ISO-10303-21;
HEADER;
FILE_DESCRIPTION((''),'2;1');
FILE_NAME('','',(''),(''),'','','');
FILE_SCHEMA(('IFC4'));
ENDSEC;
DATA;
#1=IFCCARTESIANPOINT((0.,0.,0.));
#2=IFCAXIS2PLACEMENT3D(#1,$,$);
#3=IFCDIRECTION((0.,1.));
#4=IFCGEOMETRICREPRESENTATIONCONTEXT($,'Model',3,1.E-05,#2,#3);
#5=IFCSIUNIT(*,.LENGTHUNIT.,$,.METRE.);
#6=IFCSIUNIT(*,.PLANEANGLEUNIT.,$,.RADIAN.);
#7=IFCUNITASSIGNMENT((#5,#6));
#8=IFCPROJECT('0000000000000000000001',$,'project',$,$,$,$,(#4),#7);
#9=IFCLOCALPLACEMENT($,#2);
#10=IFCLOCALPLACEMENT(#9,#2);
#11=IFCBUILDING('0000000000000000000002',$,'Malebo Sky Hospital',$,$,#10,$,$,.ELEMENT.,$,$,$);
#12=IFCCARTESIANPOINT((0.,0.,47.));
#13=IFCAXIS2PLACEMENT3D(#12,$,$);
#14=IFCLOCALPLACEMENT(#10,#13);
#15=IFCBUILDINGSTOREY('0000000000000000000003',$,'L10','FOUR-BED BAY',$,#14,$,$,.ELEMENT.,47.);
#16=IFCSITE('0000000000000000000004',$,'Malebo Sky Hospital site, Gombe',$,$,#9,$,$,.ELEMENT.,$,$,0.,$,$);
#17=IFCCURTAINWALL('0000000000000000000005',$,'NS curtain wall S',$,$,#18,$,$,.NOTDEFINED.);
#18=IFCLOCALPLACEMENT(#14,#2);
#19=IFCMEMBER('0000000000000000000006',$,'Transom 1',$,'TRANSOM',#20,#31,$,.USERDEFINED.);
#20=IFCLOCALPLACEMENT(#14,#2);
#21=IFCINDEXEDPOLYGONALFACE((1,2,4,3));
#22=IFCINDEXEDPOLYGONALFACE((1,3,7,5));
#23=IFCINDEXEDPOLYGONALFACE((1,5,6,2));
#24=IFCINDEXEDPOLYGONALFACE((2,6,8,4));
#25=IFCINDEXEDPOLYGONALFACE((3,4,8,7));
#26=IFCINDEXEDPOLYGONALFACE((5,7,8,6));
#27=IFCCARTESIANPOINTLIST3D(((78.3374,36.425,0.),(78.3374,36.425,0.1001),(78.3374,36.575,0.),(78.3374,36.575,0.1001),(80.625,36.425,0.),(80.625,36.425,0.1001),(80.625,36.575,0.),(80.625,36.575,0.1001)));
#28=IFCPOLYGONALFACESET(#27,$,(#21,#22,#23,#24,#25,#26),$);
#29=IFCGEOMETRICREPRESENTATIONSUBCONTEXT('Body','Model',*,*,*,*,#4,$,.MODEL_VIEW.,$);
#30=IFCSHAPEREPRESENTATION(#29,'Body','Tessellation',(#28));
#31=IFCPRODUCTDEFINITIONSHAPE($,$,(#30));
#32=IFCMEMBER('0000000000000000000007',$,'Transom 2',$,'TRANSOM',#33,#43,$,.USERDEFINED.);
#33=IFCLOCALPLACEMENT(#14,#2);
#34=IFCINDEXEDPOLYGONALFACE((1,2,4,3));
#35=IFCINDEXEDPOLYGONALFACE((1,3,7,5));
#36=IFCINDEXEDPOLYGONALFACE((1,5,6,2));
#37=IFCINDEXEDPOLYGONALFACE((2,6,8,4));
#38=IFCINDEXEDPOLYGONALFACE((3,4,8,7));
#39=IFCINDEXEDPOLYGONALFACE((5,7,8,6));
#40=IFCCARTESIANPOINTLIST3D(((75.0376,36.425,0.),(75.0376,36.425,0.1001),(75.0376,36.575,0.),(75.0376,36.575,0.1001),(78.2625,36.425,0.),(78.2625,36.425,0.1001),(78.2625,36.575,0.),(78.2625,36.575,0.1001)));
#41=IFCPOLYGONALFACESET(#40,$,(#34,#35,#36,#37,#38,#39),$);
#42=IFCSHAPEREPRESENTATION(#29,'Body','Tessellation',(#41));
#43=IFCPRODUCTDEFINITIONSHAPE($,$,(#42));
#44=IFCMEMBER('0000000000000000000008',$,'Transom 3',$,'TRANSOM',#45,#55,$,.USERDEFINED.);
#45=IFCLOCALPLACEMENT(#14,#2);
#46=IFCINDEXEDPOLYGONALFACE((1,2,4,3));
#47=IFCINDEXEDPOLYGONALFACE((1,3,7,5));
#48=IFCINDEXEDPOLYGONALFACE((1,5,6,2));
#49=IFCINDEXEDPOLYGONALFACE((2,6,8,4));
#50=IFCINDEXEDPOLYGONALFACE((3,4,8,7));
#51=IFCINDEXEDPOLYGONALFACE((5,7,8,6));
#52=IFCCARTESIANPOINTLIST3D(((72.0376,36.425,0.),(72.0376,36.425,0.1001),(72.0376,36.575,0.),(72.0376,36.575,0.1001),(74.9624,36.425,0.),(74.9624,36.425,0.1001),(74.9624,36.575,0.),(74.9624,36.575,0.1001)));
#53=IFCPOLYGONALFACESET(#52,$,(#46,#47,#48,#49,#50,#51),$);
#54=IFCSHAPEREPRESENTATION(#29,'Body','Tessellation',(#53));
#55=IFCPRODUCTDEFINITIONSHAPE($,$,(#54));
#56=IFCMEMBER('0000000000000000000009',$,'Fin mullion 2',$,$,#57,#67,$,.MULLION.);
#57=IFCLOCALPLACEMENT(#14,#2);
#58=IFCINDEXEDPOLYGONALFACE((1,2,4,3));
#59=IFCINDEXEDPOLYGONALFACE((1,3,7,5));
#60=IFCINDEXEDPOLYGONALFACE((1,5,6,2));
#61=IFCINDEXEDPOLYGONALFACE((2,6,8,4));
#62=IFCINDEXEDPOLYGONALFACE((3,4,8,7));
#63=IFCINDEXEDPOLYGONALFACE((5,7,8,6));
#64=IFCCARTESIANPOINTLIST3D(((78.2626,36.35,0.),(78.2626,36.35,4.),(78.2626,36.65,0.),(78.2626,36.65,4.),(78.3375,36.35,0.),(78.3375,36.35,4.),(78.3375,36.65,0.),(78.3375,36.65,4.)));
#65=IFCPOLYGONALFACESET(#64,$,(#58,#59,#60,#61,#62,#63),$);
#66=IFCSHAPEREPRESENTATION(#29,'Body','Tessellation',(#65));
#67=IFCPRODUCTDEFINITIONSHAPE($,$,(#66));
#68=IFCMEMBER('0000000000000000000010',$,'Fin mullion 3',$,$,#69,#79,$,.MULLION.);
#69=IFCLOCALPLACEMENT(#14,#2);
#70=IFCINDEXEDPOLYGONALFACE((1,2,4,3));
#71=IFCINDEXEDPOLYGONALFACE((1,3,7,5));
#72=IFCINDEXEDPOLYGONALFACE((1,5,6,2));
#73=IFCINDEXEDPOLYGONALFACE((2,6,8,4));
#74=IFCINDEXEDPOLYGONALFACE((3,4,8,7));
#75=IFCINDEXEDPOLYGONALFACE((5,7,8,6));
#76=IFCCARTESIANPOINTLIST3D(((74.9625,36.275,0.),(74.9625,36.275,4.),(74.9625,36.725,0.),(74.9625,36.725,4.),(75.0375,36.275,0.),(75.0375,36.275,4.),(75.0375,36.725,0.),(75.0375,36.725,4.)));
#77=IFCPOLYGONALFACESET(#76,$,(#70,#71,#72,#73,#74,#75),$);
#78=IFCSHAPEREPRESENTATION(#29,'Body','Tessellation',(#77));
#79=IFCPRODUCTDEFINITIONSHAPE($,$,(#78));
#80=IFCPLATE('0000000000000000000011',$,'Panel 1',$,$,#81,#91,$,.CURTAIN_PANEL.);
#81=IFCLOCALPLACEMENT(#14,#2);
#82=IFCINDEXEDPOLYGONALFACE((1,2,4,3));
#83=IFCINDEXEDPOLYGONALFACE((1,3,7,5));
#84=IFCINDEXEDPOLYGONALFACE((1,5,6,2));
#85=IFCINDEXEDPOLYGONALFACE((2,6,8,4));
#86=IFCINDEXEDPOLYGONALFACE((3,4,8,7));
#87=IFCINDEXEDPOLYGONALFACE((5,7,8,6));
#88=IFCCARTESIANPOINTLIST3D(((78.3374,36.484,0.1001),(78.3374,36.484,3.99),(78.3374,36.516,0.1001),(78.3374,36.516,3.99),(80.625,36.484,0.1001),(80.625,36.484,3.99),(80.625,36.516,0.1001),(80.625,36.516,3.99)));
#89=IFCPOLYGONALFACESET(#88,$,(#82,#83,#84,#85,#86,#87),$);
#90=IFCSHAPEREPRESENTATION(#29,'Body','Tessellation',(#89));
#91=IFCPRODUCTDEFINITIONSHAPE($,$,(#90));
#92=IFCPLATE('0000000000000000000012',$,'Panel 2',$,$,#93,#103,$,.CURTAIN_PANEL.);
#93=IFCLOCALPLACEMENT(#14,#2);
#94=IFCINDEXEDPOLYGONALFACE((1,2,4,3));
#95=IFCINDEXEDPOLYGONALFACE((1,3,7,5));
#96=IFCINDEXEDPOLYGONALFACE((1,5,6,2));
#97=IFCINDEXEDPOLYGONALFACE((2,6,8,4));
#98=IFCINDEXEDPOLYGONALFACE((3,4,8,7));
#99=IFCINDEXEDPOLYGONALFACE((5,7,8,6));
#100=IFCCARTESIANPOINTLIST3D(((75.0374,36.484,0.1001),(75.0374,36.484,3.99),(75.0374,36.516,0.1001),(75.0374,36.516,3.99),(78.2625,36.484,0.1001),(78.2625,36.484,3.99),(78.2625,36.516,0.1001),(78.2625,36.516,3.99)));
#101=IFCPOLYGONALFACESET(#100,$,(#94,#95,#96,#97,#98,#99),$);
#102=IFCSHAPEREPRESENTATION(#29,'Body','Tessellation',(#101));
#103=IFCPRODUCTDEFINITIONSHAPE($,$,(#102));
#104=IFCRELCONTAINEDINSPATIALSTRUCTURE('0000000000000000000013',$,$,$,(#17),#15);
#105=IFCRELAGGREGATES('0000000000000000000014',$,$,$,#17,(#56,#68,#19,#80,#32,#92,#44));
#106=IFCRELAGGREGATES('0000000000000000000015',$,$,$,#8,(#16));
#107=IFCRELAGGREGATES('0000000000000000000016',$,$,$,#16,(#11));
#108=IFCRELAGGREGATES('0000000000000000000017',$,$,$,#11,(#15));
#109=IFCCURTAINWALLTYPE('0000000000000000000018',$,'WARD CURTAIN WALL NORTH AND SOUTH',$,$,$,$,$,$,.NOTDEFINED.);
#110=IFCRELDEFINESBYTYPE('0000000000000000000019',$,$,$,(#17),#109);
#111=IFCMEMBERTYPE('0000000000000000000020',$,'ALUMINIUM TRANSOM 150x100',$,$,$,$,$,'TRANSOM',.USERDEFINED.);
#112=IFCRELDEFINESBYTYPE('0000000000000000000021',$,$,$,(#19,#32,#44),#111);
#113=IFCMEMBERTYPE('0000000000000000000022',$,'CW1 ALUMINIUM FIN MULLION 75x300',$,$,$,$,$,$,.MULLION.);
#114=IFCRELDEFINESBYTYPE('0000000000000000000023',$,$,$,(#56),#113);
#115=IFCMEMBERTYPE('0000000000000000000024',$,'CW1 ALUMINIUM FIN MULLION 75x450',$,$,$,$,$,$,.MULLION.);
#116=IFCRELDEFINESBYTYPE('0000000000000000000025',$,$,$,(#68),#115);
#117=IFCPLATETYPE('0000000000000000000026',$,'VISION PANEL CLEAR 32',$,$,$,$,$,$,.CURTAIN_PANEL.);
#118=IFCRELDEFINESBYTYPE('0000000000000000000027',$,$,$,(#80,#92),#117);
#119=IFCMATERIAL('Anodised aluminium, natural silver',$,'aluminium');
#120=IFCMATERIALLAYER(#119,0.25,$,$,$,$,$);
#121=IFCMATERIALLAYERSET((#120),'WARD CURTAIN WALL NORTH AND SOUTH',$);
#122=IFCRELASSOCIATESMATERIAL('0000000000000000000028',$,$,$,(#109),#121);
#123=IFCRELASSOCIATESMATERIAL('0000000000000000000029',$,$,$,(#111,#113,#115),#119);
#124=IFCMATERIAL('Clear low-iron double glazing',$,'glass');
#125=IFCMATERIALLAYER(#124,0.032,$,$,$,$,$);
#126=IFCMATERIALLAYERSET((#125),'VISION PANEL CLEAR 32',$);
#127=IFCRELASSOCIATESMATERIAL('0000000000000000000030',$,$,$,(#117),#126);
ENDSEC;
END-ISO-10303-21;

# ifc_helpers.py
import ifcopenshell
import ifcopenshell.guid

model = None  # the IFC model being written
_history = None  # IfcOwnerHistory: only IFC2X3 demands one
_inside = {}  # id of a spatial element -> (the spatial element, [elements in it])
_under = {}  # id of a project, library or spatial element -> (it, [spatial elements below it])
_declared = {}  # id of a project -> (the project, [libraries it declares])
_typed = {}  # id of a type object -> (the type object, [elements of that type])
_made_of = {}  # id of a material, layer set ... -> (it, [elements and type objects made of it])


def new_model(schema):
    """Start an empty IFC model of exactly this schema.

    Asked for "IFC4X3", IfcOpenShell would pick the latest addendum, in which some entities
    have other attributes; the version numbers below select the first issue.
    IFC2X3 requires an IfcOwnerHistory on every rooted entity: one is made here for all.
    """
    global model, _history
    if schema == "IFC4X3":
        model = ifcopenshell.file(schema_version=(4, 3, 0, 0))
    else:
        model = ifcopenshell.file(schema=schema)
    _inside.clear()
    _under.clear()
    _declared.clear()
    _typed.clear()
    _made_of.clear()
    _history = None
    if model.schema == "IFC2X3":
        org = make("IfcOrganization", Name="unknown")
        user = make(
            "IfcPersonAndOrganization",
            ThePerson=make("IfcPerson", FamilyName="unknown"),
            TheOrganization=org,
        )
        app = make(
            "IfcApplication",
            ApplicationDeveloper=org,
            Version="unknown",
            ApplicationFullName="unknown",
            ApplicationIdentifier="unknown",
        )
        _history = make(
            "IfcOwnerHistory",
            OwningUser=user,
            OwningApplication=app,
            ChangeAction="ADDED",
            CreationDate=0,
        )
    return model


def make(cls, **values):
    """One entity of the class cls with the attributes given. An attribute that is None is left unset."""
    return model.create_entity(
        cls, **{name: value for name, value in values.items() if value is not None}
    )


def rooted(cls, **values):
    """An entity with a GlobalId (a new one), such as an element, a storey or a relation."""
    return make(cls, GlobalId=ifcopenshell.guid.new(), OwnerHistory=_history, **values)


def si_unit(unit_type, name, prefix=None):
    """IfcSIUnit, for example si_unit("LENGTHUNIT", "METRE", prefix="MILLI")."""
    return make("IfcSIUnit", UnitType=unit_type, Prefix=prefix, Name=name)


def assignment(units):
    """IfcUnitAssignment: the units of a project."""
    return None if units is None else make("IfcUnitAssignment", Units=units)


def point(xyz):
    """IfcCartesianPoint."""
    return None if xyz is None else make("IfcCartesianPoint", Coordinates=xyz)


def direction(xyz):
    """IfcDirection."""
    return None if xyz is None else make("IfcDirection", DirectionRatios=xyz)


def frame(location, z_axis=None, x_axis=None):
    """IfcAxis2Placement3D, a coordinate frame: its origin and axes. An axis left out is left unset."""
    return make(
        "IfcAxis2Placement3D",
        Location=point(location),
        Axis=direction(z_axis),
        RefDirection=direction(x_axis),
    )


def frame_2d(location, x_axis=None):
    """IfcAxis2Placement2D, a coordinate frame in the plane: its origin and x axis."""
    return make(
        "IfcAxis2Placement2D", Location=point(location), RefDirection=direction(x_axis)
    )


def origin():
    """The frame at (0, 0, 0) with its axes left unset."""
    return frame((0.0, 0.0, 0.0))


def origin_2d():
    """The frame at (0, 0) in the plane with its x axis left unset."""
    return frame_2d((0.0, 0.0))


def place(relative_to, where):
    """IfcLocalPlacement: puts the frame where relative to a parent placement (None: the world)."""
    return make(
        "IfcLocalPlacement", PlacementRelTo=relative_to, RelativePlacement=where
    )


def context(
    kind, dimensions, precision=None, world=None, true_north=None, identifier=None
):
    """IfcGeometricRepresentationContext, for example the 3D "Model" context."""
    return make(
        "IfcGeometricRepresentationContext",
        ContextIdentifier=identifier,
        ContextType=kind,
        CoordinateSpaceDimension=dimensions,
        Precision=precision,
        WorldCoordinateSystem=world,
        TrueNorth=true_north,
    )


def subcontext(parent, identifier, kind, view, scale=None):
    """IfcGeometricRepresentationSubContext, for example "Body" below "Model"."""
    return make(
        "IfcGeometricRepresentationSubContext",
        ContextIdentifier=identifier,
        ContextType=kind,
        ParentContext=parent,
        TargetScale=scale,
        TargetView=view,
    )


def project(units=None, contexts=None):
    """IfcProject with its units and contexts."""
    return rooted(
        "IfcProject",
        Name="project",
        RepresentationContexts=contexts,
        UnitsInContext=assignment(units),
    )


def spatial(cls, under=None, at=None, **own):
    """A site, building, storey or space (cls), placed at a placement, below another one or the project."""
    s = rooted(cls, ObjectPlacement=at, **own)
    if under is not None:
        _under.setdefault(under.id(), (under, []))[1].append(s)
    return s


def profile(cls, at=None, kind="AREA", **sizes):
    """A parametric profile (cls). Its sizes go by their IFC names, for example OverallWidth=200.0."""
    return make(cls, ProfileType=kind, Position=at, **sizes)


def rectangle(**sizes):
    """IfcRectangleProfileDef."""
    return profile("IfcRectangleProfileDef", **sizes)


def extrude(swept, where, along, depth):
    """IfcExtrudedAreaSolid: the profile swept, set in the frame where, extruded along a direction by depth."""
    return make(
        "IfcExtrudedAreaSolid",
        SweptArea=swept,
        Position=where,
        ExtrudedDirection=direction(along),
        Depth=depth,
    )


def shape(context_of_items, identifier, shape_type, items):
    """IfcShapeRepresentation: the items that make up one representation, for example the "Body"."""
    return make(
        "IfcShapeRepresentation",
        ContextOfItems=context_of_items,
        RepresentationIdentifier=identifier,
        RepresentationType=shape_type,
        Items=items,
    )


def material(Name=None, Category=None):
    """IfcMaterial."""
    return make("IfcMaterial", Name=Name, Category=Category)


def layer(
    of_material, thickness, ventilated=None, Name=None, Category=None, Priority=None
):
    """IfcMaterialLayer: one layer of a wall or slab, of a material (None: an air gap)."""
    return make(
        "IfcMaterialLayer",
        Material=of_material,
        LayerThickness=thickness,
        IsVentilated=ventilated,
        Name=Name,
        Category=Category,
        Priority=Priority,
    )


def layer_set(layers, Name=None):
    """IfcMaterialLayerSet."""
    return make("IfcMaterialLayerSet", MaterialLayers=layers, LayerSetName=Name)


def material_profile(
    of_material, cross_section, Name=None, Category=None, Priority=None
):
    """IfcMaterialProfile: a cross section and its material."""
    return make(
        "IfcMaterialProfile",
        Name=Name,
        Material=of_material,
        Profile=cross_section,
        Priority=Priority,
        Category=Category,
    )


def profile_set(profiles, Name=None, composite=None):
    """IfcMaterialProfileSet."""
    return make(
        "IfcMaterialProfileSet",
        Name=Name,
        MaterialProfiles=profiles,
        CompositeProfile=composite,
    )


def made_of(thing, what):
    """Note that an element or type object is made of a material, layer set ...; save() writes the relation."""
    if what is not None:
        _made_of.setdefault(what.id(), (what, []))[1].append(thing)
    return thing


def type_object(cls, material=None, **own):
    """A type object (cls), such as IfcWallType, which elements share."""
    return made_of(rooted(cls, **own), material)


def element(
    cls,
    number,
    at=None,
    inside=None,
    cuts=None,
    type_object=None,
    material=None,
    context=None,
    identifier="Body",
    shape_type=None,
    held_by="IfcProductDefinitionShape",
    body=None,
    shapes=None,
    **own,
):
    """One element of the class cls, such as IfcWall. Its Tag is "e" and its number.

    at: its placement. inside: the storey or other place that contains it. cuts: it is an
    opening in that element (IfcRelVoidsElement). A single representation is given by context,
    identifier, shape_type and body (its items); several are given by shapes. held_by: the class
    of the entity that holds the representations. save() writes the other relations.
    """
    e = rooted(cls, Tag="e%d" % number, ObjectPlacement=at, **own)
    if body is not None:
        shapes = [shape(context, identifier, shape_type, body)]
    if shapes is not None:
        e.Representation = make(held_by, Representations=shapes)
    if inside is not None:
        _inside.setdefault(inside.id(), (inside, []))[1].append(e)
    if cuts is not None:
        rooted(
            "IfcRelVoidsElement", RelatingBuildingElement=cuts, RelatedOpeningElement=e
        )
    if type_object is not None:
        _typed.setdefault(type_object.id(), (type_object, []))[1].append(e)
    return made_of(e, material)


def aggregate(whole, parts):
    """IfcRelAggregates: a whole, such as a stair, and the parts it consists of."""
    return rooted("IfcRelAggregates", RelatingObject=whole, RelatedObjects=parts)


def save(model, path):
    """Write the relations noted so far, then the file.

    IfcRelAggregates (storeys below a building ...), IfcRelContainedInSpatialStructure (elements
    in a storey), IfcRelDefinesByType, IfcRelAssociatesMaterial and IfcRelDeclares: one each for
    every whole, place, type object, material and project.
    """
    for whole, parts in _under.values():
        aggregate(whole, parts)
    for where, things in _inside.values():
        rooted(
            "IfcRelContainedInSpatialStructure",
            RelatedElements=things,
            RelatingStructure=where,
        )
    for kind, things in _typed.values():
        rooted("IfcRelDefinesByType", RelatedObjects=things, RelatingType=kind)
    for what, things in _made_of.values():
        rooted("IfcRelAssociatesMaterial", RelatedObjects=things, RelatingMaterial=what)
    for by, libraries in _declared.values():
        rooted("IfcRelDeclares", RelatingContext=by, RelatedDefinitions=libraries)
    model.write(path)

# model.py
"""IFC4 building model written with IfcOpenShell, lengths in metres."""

from ifc_helpers import new_model, si_unit, direction, frame, origin, origin_2d, place, context, subcontext, project, spatial, rectangle, extrude, material, layer, layer_set, material_profile, profile_set, type_object, element, aggregate, save


model = new_model("IFC4")

# Units and contexts
model_context = context("Model", 3, precision=1e-05, world=origin(), true_north=direction((0.0, 1.0)))
body_context = subcontext(model_context, "Body", "Model", "MODEL_VIEW")
ifc_project = project(units=[si_unit("LENGTHUNIT", "METRE"), si_unit("PLANEANGLEUNIT", "RADIAN")], contexts=[model_context])

# Site, building, storey
site_placement = place(None, origin())
site = spatial("IfcSite", under=ifc_project, at=site_placement, Name="Malebo Sky Hospital site, Gombe", CompositionType="ELEMENT", RefElevation=0.0)
building_placement = place(site_placement, origin())
building = spatial("IfcBuilding", under=site, at=building_placement, Name="Malebo Sky Hospital", CompositionType="ELEMENT")
storey_placement = place(building_placement, frame((0.0, 0.0, 47.0)))
storey = spatial("IfcBuildingStorey", under=building, at=storey_placement, Name="L10", Description="FOUR-BED BAY", CompositionType="ELEMENT", Elevation=47.0)

# Curtain wall, members, plates
ifc_material_1 = material(Name="Anodised aluminium, natural silver", Category="aluminium")
ifc_layer_1 = layer(ifc_material_1, 0.25)
ifc_layer_set_1 = layer_set([ifc_layer_1], Name="WARD CURTAIN WALL NORTH AND SOUTH")
curtain_wall_type = type_object("IfcCurtainWallType", Name="WARD CURTAIN WALL NORTH AND SOUTH", PredefinedType="NOTDEFINED", material=ifc_layer_set_1)
curtain_wall_placement = place(storey_placement, origin())
curtain_wall = element("IfcCurtainWall", 1, at=curtain_wall_placement, inside=storey, type_object=curtain_wall_type, Name="NS curtain wall S", PredefinedType="NOTDEFINED")
ifc_material_profile_1 = material_profile(ifc_material_1, rectangle(XDim=0.1499, YDim=0.1001, at=origin_2d()), Name="ALUMINIUM TRANSOM 150x100")
ifc_profile_set_1 = profile_set([ifc_material_profile_1], Name="Anodised aluminium, natural silver")
member_type_1 = type_object("IfcMemberType", Name="ALUMINIUM TRANSOM 150x100", ElementType="TRANSOM", PredefinedType="USERDEFINED", material=ifc_profile_set_1)
member_1_placement = place(storey_placement, frame((80.625, 36.5, 0.05), z_axis=(-1.0, 0.0, 0.0), x_axis=(0.0, -1.0, 0.0)))
member_1 = element("IfcMember", 2, at=member_1_placement, type_object=member_type_1, Name="Transom 1", ObjectType="TRANSOM", PredefinedType="USERDEFINED", context=body_context, shape_type="SweptSolid", body=[
    extrude(rectangle(XDim=0.1499, YDim=0.1001, at=origin_2d()), origin(), (0.0, 0.0, 1.0), 2.2876),
])
member_2_placement = place(storey_placement, frame((78.2625, 36.5, 0.05), z_axis=(-1.0, 0.0, 0.0), x_axis=(0.0, -1.0, 0.0)))
member_2 = element("IfcMember", 3, at=member_2_placement, type_object=member_type_1, Name="Transom 2", ObjectType="TRANSOM", PredefinedType="USERDEFINED", context=body_context, shape_type="SweptSolid", body=[
    extrude(rectangle(XDim=0.1499, YDim=0.1001, at=origin_2d()), origin(), (0.0, 0.0, 1.0), 3.2249),
])
member_3_placement = place(storey_placement, frame((74.9624, 36.5, 0.05), z_axis=(-1.0, 0.0, 0.0), x_axis=(0.0, -1.0, 0.0)))
member_3 = element("IfcMember", 4, at=member_3_placement, type_object=member_type_1, Name="Transom 3", ObjectType="TRANSOM", PredefinedType="USERDEFINED", context=body_context, shape_type="SweptSolid", body=[
    extrude(rectangle(XDim=0.1499, YDim=0.1001, at=origin_2d()), origin(), (0.0, 0.0, 1.0), 2.9248),
])
ifc_material_profile_2 = material_profile(ifc_material_1, rectangle(XDim=0.075, YDim=0.3, at=origin_2d()), Name="CW1 ALUMINIUM FIN MULLION 75x300")
ifc_profile_set_2 = profile_set([ifc_material_profile_2], Name="Anodised aluminium, natural silver")
member_type_2 = type_object("IfcMemberType", Name="CW1 ALUMINIUM FIN MULLION 75x300", PredefinedType="MULLION", material=ifc_profile_set_2)
member_4_placement = place(storey_placement, frame((78.3, 36.5, 0.0), z_axis=(0.0, 0.0, 1.0), x_axis=(-1.0, 0.0, 0.0)))
member_4 = element("IfcMember", 5, at=member_4_placement, type_object=member_type_2, Name="Fin mullion 2", PredefinedType="MULLION", context=body_context, shape_type="SweptSolid", body=[
    extrude(rectangle(XDim=0.075, YDim=0.3, at=origin_2d()), origin(), (0.0, 0.0, 1.0), 4.0),
])
ifc_material_profile_3 = material_profile(ifc_material_1, rectangle(XDim=0.075, YDim=0.45, at=origin_2d()), Name="CW1 ALUMINIUM FIN MULLION 75x450")
ifc_profile_set_3 = profile_set([ifc_material_profile_3], Name="Anodised aluminium, natural silver")
member_type_3 = type_object("IfcMemberType", Name="CW1 ALUMINIUM FIN MULLION 75x450", PredefinedType="MULLION", material=ifc_profile_set_3)
member_5_placement = place(storey_placement, frame((75.0, 36.5, 0.0), z_axis=(0.0, 0.0, 1.0), x_axis=(-1.0, 0.0, 0.0)))
member_5 = element("IfcMember", 6, at=member_5_placement, type_object=member_type_3, Name="Fin mullion 3", PredefinedType="MULLION", context=body_context, shape_type="SweptSolid", body=[
    extrude(rectangle(XDim=0.075, YDim=0.45, at=origin_2d()), origin(), (0.0, 0.0, 1.0), 4.0),
])
ifc_material_2 = material(Name="Clear low-iron double glazing", Category="glass")
ifc_layer_2 = layer(ifc_material_2, 0.032)
ifc_layer_set_2 = layer_set([ifc_layer_2], Name="VISION PANEL CLEAR 32")
plate_type = type_object("IfcPlateType", Name="VISION PANEL CLEAR 32", PredefinedType="CURTAIN_PANEL", material=ifc_layer_set_2)
plate_1_placement = place(storey_placement, frame((79.4812, 36.5, 0.1001), z_axis=(0.0, 0.0, 1.0), x_axis=(-1.0, 0.0, 0.0)))
plate_1 = element("IfcPlate", 7, at=plate_1_placement, type_object=plate_type, Name="Panel 1", PredefinedType="CURTAIN_PANEL", context=body_context, shape_type="SweptSolid", body=[
    extrude(rectangle(XDim=2.2876, YDim=0.032, at=origin_2d()), origin(), (0.0, 0.0, 1.0), 3.8899),
])
plate_2_placement = place(storey_placement, frame((76.6499, 36.5, 0.1001), z_axis=(0.0, 0.0, 1.0), x_axis=(-1.0, 0.0, 0.0)))
plate_2 = element("IfcPlate", 8, at=plate_2_placement, type_object=plate_type, Name="Panel 2", PredefinedType="CURTAIN_PANEL", context=body_context, shape_type="SweptSolid", body=[
    extrude(rectangle(XDim=3.2251, YDim=0.032, at=origin_2d()), origin(), (0.0, 0.0, 1.0), 3.8899),
])
aggregate(curtain_wall, [member_4, member_5, member_1, plate_1, member_2, plate_2, member_3])

save(model, "model.ifc")
